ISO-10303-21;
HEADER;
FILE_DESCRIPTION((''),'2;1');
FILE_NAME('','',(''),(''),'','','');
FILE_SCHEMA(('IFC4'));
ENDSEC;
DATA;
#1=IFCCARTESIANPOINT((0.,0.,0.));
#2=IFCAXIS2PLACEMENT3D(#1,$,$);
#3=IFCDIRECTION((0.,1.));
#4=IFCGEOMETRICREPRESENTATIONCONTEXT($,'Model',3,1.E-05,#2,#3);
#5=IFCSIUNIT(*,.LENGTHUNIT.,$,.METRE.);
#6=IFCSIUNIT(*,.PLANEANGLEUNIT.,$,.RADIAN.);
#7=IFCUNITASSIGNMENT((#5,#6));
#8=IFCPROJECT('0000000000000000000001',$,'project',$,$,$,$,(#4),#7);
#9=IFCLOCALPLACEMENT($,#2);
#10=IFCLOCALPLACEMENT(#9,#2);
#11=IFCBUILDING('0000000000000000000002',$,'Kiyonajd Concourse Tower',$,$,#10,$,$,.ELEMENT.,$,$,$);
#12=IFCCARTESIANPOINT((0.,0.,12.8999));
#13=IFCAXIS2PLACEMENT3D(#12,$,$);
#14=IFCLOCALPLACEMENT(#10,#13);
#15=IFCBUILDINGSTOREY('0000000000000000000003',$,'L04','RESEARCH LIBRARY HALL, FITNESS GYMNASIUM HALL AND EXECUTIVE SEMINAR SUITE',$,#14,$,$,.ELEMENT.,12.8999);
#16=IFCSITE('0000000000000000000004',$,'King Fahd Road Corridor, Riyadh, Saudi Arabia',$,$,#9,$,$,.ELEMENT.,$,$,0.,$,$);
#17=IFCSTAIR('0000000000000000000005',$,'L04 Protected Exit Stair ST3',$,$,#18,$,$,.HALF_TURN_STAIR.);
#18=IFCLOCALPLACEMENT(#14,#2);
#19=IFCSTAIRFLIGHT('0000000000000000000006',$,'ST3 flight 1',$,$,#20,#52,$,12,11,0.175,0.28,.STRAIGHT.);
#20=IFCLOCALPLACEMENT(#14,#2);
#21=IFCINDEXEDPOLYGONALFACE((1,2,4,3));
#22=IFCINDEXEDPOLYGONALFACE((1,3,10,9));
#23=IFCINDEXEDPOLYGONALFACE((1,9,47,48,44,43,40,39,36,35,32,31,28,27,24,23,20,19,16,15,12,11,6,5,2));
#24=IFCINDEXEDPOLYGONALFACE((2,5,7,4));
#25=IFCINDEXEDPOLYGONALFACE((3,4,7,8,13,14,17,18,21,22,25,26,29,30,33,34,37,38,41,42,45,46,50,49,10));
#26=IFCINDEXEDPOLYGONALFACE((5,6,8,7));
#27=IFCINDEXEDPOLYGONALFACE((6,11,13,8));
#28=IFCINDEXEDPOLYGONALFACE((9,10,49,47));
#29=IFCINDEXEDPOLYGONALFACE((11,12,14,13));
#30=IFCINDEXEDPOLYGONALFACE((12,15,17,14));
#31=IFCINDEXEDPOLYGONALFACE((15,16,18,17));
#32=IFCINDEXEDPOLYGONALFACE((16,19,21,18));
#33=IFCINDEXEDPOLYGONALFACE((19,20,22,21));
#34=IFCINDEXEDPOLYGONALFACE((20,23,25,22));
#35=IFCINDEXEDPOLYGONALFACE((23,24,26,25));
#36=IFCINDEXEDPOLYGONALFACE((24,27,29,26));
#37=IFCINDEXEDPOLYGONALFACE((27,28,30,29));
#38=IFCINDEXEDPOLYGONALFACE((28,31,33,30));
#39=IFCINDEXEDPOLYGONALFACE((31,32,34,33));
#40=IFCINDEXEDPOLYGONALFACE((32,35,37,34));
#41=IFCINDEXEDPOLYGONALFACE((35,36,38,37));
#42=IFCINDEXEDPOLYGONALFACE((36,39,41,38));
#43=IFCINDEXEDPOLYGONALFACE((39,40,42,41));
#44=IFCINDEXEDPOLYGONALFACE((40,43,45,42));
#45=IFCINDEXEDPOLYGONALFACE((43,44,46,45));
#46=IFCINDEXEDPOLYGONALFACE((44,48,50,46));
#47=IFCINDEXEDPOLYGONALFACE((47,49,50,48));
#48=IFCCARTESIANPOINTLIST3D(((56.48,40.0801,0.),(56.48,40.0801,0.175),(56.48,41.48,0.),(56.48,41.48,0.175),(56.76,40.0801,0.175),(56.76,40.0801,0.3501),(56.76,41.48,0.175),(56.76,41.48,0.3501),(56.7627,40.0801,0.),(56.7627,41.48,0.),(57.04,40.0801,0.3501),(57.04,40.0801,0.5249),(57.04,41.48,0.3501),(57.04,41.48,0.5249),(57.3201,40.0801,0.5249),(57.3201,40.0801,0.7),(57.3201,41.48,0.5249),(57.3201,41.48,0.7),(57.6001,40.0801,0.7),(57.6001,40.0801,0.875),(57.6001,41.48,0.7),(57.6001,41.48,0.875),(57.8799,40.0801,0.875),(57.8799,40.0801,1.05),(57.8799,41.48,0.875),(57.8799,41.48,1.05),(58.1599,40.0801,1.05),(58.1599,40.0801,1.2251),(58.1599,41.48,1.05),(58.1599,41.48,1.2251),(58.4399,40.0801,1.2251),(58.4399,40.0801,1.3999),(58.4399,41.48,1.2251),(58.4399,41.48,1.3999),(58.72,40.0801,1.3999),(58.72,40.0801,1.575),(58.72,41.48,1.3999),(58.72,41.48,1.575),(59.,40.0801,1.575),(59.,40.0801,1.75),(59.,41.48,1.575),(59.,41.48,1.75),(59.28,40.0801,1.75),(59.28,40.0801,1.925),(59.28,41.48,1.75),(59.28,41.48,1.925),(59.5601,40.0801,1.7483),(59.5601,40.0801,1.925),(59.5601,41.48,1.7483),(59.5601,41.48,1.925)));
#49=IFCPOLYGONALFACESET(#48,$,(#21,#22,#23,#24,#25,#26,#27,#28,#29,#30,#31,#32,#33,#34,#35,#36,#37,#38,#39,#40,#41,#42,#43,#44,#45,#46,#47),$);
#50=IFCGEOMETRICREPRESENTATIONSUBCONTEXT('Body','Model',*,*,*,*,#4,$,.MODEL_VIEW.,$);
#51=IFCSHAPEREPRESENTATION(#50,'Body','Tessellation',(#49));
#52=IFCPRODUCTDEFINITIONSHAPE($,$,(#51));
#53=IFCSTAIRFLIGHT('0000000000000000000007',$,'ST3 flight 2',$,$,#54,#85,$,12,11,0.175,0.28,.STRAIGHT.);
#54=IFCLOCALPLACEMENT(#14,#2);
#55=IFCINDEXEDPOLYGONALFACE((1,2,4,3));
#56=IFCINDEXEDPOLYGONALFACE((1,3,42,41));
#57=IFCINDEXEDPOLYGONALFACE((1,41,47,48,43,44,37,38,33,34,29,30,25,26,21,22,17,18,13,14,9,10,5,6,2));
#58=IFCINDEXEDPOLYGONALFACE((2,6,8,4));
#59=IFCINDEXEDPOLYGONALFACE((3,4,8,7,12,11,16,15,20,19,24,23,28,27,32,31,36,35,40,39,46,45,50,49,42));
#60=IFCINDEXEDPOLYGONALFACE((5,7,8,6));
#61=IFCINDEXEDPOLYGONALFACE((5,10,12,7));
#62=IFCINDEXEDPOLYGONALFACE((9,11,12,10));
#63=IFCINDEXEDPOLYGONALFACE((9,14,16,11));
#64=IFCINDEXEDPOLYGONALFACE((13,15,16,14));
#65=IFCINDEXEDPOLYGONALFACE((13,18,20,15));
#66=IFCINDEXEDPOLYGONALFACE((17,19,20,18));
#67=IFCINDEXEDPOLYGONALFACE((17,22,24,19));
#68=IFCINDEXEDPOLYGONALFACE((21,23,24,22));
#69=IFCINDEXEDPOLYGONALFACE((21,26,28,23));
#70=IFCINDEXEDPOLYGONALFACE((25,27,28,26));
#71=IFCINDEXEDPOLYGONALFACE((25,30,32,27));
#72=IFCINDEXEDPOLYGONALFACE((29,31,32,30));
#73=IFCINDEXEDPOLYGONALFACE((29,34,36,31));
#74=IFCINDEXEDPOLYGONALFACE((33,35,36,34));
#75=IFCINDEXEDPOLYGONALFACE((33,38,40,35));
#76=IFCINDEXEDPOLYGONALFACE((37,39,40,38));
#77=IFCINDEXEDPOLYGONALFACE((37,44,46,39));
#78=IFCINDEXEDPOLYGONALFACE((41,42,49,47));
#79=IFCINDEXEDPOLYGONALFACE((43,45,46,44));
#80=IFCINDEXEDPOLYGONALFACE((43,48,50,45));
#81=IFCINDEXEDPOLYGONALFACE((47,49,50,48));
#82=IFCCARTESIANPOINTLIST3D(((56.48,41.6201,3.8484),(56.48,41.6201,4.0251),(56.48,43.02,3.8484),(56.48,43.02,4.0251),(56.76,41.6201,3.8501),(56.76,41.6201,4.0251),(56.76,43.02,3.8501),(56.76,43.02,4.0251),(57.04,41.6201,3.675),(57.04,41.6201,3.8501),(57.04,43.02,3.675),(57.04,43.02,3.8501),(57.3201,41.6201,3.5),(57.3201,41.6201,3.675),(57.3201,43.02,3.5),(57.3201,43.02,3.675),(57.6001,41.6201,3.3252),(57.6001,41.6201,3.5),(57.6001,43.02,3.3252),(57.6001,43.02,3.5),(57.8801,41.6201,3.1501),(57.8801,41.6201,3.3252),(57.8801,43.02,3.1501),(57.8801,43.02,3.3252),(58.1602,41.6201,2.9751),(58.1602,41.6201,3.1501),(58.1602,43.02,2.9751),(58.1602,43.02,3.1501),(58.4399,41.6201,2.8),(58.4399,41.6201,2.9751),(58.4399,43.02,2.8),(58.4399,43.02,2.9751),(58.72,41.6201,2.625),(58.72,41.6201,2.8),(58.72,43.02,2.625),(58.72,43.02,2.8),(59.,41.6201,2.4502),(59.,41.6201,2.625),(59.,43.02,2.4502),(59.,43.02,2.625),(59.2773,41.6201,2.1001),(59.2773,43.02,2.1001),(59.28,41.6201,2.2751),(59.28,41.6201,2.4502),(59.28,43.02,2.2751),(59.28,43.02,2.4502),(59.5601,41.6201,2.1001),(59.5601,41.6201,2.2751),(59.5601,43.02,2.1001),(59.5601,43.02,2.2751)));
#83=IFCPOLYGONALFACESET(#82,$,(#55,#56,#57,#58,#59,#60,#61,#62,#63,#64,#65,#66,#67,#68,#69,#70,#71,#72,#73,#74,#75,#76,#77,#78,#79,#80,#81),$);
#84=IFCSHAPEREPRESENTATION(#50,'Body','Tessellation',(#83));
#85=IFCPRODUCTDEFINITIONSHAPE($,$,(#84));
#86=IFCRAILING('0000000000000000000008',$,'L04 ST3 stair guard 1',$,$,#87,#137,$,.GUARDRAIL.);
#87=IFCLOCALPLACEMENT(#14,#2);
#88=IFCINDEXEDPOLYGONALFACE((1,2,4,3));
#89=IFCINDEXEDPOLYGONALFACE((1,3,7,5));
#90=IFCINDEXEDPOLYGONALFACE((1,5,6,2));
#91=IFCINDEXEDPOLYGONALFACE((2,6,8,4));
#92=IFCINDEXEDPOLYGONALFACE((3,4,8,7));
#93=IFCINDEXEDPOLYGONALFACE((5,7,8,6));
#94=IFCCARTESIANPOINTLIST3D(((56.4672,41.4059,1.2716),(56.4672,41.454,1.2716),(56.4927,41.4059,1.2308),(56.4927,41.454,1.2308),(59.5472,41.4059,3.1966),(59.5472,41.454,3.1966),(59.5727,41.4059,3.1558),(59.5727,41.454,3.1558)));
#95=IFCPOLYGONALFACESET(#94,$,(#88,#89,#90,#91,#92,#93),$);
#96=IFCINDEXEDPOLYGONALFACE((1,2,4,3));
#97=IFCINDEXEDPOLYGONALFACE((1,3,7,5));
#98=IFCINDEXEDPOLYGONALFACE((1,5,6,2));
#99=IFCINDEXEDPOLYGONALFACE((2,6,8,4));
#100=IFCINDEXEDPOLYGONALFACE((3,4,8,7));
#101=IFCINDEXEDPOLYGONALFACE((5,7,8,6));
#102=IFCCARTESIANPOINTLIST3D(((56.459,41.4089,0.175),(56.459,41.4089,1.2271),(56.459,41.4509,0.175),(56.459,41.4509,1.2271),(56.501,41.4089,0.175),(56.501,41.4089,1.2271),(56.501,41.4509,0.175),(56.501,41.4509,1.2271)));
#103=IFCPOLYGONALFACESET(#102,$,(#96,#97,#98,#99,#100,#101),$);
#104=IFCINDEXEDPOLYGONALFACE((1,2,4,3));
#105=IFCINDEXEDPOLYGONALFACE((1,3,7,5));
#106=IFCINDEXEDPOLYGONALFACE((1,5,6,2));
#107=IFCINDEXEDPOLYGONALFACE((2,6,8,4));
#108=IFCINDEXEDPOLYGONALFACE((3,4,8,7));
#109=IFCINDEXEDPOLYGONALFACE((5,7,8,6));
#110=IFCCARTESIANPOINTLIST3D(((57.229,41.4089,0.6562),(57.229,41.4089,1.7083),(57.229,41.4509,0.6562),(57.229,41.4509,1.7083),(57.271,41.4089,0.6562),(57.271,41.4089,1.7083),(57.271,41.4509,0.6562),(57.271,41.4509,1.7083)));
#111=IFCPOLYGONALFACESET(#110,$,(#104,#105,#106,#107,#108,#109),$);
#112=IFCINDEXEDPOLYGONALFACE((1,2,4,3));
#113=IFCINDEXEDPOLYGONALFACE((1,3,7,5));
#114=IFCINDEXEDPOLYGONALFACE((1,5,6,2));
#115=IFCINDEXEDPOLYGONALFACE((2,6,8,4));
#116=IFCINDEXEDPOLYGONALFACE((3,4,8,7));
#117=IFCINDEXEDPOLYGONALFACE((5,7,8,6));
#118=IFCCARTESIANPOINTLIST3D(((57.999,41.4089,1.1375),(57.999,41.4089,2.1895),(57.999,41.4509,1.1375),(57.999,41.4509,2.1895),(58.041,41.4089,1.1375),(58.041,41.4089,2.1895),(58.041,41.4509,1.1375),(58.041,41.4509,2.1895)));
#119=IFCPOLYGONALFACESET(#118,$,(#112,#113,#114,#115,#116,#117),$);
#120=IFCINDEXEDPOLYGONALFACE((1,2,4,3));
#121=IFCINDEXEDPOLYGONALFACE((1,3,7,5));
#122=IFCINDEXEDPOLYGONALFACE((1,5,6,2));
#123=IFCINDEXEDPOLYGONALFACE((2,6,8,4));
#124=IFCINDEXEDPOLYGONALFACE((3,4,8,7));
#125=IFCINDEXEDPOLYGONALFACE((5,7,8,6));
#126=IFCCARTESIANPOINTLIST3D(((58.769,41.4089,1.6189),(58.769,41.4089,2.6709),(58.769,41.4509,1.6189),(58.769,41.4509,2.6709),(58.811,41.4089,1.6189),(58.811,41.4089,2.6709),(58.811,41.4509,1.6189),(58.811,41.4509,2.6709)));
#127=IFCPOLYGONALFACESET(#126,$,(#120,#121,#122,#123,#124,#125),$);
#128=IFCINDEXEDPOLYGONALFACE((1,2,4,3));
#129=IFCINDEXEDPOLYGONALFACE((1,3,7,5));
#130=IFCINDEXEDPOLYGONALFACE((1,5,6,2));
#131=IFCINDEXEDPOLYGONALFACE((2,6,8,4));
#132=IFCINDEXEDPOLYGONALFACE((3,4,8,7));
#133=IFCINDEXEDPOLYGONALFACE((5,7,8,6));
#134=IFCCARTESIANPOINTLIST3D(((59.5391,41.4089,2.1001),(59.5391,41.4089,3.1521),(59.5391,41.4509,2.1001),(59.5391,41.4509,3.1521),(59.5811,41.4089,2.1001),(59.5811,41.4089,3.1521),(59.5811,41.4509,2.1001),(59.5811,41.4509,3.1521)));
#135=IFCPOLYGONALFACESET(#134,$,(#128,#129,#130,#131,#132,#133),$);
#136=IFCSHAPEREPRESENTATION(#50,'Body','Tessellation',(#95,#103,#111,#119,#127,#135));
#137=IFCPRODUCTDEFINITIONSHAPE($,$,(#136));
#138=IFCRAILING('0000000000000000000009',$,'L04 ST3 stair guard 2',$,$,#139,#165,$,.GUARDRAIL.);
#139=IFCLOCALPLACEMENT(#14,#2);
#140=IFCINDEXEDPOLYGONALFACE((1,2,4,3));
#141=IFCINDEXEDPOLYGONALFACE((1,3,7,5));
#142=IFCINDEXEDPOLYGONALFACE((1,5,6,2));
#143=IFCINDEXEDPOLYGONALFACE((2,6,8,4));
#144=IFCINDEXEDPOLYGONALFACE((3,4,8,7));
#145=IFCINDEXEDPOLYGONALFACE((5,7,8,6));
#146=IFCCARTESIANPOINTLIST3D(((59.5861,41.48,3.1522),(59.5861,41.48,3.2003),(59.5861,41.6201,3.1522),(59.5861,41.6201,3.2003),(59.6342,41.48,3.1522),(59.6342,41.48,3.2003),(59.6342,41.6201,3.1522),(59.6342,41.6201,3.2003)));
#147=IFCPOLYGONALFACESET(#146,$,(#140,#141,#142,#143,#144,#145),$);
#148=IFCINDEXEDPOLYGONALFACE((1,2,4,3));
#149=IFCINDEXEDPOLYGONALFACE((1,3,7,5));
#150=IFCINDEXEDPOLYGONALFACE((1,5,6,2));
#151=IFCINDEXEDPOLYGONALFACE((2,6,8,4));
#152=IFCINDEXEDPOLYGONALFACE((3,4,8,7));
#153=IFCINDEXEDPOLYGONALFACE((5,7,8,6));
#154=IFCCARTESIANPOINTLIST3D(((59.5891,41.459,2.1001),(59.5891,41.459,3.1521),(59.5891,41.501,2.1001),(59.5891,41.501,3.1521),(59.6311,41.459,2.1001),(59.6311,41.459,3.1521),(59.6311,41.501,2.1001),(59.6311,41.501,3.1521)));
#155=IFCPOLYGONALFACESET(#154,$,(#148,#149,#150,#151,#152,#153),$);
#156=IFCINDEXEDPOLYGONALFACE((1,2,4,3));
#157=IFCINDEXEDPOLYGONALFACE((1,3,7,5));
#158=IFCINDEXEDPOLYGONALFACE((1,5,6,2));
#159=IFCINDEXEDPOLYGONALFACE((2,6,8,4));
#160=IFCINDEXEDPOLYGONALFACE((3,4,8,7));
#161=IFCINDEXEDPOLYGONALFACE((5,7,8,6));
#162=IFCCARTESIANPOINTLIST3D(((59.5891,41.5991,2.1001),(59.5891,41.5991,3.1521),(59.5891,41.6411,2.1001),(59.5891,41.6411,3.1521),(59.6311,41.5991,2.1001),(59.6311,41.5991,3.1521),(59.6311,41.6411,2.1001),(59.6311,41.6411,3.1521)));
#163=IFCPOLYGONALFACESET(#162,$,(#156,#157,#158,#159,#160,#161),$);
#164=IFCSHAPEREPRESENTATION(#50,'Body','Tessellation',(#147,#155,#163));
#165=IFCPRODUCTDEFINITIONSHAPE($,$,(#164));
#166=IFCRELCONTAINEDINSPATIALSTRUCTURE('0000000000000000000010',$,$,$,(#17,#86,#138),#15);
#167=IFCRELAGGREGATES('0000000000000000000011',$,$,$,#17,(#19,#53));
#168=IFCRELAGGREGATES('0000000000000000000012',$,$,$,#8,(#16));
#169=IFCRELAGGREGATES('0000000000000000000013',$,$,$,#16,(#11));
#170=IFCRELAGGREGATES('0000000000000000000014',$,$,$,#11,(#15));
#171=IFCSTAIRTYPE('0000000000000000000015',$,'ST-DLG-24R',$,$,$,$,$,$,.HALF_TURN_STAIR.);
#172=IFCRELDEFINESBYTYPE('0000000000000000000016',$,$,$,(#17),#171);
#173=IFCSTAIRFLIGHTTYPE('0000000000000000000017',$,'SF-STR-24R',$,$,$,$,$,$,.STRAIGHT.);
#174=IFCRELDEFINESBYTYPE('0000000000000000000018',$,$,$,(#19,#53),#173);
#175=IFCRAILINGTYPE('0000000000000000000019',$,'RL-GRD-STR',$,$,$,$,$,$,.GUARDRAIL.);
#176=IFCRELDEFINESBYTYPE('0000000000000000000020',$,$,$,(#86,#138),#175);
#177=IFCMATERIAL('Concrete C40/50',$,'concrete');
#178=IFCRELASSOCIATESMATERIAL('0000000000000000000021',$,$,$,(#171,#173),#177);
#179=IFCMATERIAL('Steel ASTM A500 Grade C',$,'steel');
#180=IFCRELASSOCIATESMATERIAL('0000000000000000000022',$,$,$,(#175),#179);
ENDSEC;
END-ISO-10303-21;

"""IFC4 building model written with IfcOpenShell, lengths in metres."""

from ifc_helpers import new_model, si_unit, direction, frame, origin, origin_2d, place, context, subcontext, project, spatial, polyline, rectangle, outline, extrude, material, type_object, element, aggregate, save


model = new_model("IFC4")

# Units and contexts
model_context = context("Model", 3, precision=1e-05, world=origin(), true_north=direction((0.0, 1.0)))
body_context = subcontext(model_context, "Body", "Model", "MODEL_VIEW")
ifc_project = project(units=[si_unit("LENGTHUNIT", "METRE"), si_unit("PLANEANGLEUNIT", "RADIAN")], contexts=[model_context])

# Site, building, storey
site_placement = place(None, origin())
site = spatial("IfcSite", under=ifc_project, at=site_placement, Name="King Fahd Road Corridor, Riyadh, Saudi Arabia", CompositionType="ELEMENT", RefElevation=0.0)
building_placement = place(site_placement, origin())
building = spatial("IfcBuilding", under=site, at=building_placement, Name="Kiyonajd Concourse Tower", CompositionType="ELEMENT")
storey_placement = place(building_placement, frame((0.0, 0.0, 12.8999)))
storey = spatial("IfcBuildingStorey", under=building, at=storey_placement, Name="L04", Description="RESEARCH LIBRARY HALL, FITNESS GYMNASIUM HALL AND EXECUTIVE SEMINAR SUITE", CompositionType="ELEMENT", Elevation=12.8999)

# Shared definitions
ifc_material_1 = material(Name="Concrete C40/50", Category="concrete")
stair_type = type_object("IfcStairType", Name="ST-DLG-24R", PredefinedType="HALF_TURN_STAIR", material=ifc_material_1)
stair_flight_type = type_object("IfcStairFlightType", Name="SF-STR-24R", PredefinedType="STRAIGHT", material=ifc_material_1)

# Stair, stair flights
stair_1_placement = place(storey_placement, origin())
stair_1 = element("IfcStair", 1, at=stair_1_placement, inside=storey, type_object=stair_type, Name="L04 Protected Exit Stair ST3", PredefinedType="HALF_TURN_STAIR")
stair_flight_1_placement = place(storey_placement, frame((56.48, 40.78, 0.0), z_axis=(0.0, 0.0, 1.0), x_axis=(1.0, 0.0, 0.0)))
stair_flight_1 = element("IfcStairFlight", 2, at=stair_flight_1_placement, type_object=stair_flight_type, Name="ST3 flight 1", NumberOfRisers=12, NumberOfTreads=11, PredefinedType="STRAIGHT", RiserHeight=0.175, TreadLength=0.28, context=body_context, shape_type="SweptSolid", body=[
    extrude(outline(polyline([(0.0, 0.0), (0.0, 0.175), (0.28, 0.175), (0.28, 0.3501), (0.5601, 0.3501), (0.5601, 0.5249), (0.8401, 0.5249), (0.8401, 0.7), (1.1201, 0.7), (1.1201, 0.875), (1.3999, 0.875), (1.3999, 1.05), (1.6799, 1.05), (1.6799, 1.2251), (1.96, 1.2251), (1.96, 1.3999), (2.24, 1.3999), (2.24, 1.575), (2.52, 1.575), (2.52, 1.75), (2.8, 1.75), (2.8, 1.925), (3.0801, 1.925), (3.0801, 2.1001), (3.0801, 1.7483), (0.2827, 0.0), (0.0, 0.0)])), frame((0.0, 0.7, 0.0), z_axis=(0.0, -1.0, 0.0), x_axis=(1.0, 0.0, 0.0)), (0.0, 0.0, 1.0), 1.3999),
])
stair_flight_2_placement = place(storey_placement, frame((59.5601, 42.3201, 2.1001), z_axis=(0.0, 0.0, 1.0), x_axis=(-1.0, 0.0, 0.0)))
stair_flight_2 = element("IfcStairFlight", 3, at=stair_flight_2_placement, type_object=stair_flight_type, Name="ST3 flight 2", NumberOfRisers=12, NumberOfTreads=11, PredefinedType="STRAIGHT", RiserHeight=0.175, TreadLength=0.28, context=body_context, shape_type="SweptSolid", body=[
    extrude(outline(polyline([(0.0, 0.0), (0.0, 0.175), (0.28, 0.175), (0.28, 0.3501), (0.5601, 0.3501), (0.5601, 0.5249), (0.8401, 0.5249), (0.8401, 0.7), (1.1201, 0.7), (1.1201, 0.875), (1.3999, 0.875), (1.3999, 1.05), (1.6799, 1.05), (1.6799, 1.2251), (1.96, 1.2251), (1.96, 1.3999), (2.24, 1.3999), (2.24, 1.575), (2.52, 1.575), (2.52, 1.75), (2.8, 1.75), (2.8, 1.925), (3.0801, 1.925), (3.0801, 2.1001), (3.0801, 1.7483), (0.2827, 0.0), (0.0, 0.0)])), frame((0.0, 0.7, 0.0), z_axis=(0.0, -1.0, 0.0), x_axis=(1.0, 0.0, 0.0)), (0.0, 0.0, 1.0), 1.3999),
])
aggregate(stair_1, [stair_flight_1, stair_flight_2])

# Railings
ifc_material_2 = material(Name="Steel ASTM A500 Grade C", Category="steel")
railing_type_1 = type_object("IfcRailingType", Name="RL-GRD-STR", PredefinedType="GUARDRAIL", material=ifc_material_2)
railing_1_placement = place(storey_placement, frame((56.48, 41.4299, 0.175)))
element("IfcRailing", 4, at=railing_1_placement, inside=storey, type_object=railing_type_1, Name="L04 ST3 stair guard 1", PredefinedType="GUARDRAIL", context=body_context, shape_type="SweptSolid", body=[
    extrude(rectangle(XDim=0.0481, YDim=0.0481, at=origin_2d()), frame((0.0, 0.0, 1.0762), z_axis=(0.847998, 0.0, 0.529999), x_axis=(0.0, 1.0, 0.0)), (0.0, 0.0, 1.0), 3.6321),
    extrude(rectangle(XDim=0.042, YDim=0.042, at=origin_2d()), origin(), (0.0, 0.0, 1.0), 1.052),
    extrude(rectangle(XDim=0.042, YDim=0.042, at=origin_2d()), frame((0.77, 0.0, 0.4812)), (0.0, 0.0, 1.0), 1.052),
    extrude(rectangle(XDim=0.042, YDim=0.042, at=origin_2d()), frame((1.54, 0.0, 0.9624)), (0.0, 0.0, 1.0), 1.052),
    extrude(rectangle(XDim=0.042, YDim=0.042, at=origin_2d()), frame((2.3101, 0.0, 1.4438)), (0.0, 0.0, 1.0), 1.052),
    extrude(rectangle(XDim=0.042, YDim=0.042, at=origin_2d()), frame((3.0801, 0.0, 1.925)), (0.0, 0.0, 1.0), 1.052),
])
railing_2_placement = place(storey_placement, frame((59.6101, 41.48, 2.1001)))
element("IfcRailing", 5, at=railing_2_placement, inside=storey, type_object=railing_type_1, Name="L04 ST3 stair guard 2", PredefinedType="GUARDRAIL", context=body_context, shape_type="SweptSolid", body=[
    extrude(rectangle(XDim=0.0481, YDim=0.0481, at=origin_2d()), frame((0.0, 0.0, 1.0762), z_axis=(0.0, 1.0, 0.0), x_axis=(-1.0, 0.0, 0.0)), (0.0, 0.0, 1.0), 0.1401),
    extrude(rectangle(XDim=0.042, YDim=0.042, at=origin_2d()), origin(), (0.0, 0.0, 1.0), 1.052),
    extrude(rectangle(XDim=0.042, YDim=0.042, at=origin_2d()), frame((0.0, 0.1401, 0.0)), (0.0, 0.0, 1.0), 1.052),
])

save(model, "model.ifc")
